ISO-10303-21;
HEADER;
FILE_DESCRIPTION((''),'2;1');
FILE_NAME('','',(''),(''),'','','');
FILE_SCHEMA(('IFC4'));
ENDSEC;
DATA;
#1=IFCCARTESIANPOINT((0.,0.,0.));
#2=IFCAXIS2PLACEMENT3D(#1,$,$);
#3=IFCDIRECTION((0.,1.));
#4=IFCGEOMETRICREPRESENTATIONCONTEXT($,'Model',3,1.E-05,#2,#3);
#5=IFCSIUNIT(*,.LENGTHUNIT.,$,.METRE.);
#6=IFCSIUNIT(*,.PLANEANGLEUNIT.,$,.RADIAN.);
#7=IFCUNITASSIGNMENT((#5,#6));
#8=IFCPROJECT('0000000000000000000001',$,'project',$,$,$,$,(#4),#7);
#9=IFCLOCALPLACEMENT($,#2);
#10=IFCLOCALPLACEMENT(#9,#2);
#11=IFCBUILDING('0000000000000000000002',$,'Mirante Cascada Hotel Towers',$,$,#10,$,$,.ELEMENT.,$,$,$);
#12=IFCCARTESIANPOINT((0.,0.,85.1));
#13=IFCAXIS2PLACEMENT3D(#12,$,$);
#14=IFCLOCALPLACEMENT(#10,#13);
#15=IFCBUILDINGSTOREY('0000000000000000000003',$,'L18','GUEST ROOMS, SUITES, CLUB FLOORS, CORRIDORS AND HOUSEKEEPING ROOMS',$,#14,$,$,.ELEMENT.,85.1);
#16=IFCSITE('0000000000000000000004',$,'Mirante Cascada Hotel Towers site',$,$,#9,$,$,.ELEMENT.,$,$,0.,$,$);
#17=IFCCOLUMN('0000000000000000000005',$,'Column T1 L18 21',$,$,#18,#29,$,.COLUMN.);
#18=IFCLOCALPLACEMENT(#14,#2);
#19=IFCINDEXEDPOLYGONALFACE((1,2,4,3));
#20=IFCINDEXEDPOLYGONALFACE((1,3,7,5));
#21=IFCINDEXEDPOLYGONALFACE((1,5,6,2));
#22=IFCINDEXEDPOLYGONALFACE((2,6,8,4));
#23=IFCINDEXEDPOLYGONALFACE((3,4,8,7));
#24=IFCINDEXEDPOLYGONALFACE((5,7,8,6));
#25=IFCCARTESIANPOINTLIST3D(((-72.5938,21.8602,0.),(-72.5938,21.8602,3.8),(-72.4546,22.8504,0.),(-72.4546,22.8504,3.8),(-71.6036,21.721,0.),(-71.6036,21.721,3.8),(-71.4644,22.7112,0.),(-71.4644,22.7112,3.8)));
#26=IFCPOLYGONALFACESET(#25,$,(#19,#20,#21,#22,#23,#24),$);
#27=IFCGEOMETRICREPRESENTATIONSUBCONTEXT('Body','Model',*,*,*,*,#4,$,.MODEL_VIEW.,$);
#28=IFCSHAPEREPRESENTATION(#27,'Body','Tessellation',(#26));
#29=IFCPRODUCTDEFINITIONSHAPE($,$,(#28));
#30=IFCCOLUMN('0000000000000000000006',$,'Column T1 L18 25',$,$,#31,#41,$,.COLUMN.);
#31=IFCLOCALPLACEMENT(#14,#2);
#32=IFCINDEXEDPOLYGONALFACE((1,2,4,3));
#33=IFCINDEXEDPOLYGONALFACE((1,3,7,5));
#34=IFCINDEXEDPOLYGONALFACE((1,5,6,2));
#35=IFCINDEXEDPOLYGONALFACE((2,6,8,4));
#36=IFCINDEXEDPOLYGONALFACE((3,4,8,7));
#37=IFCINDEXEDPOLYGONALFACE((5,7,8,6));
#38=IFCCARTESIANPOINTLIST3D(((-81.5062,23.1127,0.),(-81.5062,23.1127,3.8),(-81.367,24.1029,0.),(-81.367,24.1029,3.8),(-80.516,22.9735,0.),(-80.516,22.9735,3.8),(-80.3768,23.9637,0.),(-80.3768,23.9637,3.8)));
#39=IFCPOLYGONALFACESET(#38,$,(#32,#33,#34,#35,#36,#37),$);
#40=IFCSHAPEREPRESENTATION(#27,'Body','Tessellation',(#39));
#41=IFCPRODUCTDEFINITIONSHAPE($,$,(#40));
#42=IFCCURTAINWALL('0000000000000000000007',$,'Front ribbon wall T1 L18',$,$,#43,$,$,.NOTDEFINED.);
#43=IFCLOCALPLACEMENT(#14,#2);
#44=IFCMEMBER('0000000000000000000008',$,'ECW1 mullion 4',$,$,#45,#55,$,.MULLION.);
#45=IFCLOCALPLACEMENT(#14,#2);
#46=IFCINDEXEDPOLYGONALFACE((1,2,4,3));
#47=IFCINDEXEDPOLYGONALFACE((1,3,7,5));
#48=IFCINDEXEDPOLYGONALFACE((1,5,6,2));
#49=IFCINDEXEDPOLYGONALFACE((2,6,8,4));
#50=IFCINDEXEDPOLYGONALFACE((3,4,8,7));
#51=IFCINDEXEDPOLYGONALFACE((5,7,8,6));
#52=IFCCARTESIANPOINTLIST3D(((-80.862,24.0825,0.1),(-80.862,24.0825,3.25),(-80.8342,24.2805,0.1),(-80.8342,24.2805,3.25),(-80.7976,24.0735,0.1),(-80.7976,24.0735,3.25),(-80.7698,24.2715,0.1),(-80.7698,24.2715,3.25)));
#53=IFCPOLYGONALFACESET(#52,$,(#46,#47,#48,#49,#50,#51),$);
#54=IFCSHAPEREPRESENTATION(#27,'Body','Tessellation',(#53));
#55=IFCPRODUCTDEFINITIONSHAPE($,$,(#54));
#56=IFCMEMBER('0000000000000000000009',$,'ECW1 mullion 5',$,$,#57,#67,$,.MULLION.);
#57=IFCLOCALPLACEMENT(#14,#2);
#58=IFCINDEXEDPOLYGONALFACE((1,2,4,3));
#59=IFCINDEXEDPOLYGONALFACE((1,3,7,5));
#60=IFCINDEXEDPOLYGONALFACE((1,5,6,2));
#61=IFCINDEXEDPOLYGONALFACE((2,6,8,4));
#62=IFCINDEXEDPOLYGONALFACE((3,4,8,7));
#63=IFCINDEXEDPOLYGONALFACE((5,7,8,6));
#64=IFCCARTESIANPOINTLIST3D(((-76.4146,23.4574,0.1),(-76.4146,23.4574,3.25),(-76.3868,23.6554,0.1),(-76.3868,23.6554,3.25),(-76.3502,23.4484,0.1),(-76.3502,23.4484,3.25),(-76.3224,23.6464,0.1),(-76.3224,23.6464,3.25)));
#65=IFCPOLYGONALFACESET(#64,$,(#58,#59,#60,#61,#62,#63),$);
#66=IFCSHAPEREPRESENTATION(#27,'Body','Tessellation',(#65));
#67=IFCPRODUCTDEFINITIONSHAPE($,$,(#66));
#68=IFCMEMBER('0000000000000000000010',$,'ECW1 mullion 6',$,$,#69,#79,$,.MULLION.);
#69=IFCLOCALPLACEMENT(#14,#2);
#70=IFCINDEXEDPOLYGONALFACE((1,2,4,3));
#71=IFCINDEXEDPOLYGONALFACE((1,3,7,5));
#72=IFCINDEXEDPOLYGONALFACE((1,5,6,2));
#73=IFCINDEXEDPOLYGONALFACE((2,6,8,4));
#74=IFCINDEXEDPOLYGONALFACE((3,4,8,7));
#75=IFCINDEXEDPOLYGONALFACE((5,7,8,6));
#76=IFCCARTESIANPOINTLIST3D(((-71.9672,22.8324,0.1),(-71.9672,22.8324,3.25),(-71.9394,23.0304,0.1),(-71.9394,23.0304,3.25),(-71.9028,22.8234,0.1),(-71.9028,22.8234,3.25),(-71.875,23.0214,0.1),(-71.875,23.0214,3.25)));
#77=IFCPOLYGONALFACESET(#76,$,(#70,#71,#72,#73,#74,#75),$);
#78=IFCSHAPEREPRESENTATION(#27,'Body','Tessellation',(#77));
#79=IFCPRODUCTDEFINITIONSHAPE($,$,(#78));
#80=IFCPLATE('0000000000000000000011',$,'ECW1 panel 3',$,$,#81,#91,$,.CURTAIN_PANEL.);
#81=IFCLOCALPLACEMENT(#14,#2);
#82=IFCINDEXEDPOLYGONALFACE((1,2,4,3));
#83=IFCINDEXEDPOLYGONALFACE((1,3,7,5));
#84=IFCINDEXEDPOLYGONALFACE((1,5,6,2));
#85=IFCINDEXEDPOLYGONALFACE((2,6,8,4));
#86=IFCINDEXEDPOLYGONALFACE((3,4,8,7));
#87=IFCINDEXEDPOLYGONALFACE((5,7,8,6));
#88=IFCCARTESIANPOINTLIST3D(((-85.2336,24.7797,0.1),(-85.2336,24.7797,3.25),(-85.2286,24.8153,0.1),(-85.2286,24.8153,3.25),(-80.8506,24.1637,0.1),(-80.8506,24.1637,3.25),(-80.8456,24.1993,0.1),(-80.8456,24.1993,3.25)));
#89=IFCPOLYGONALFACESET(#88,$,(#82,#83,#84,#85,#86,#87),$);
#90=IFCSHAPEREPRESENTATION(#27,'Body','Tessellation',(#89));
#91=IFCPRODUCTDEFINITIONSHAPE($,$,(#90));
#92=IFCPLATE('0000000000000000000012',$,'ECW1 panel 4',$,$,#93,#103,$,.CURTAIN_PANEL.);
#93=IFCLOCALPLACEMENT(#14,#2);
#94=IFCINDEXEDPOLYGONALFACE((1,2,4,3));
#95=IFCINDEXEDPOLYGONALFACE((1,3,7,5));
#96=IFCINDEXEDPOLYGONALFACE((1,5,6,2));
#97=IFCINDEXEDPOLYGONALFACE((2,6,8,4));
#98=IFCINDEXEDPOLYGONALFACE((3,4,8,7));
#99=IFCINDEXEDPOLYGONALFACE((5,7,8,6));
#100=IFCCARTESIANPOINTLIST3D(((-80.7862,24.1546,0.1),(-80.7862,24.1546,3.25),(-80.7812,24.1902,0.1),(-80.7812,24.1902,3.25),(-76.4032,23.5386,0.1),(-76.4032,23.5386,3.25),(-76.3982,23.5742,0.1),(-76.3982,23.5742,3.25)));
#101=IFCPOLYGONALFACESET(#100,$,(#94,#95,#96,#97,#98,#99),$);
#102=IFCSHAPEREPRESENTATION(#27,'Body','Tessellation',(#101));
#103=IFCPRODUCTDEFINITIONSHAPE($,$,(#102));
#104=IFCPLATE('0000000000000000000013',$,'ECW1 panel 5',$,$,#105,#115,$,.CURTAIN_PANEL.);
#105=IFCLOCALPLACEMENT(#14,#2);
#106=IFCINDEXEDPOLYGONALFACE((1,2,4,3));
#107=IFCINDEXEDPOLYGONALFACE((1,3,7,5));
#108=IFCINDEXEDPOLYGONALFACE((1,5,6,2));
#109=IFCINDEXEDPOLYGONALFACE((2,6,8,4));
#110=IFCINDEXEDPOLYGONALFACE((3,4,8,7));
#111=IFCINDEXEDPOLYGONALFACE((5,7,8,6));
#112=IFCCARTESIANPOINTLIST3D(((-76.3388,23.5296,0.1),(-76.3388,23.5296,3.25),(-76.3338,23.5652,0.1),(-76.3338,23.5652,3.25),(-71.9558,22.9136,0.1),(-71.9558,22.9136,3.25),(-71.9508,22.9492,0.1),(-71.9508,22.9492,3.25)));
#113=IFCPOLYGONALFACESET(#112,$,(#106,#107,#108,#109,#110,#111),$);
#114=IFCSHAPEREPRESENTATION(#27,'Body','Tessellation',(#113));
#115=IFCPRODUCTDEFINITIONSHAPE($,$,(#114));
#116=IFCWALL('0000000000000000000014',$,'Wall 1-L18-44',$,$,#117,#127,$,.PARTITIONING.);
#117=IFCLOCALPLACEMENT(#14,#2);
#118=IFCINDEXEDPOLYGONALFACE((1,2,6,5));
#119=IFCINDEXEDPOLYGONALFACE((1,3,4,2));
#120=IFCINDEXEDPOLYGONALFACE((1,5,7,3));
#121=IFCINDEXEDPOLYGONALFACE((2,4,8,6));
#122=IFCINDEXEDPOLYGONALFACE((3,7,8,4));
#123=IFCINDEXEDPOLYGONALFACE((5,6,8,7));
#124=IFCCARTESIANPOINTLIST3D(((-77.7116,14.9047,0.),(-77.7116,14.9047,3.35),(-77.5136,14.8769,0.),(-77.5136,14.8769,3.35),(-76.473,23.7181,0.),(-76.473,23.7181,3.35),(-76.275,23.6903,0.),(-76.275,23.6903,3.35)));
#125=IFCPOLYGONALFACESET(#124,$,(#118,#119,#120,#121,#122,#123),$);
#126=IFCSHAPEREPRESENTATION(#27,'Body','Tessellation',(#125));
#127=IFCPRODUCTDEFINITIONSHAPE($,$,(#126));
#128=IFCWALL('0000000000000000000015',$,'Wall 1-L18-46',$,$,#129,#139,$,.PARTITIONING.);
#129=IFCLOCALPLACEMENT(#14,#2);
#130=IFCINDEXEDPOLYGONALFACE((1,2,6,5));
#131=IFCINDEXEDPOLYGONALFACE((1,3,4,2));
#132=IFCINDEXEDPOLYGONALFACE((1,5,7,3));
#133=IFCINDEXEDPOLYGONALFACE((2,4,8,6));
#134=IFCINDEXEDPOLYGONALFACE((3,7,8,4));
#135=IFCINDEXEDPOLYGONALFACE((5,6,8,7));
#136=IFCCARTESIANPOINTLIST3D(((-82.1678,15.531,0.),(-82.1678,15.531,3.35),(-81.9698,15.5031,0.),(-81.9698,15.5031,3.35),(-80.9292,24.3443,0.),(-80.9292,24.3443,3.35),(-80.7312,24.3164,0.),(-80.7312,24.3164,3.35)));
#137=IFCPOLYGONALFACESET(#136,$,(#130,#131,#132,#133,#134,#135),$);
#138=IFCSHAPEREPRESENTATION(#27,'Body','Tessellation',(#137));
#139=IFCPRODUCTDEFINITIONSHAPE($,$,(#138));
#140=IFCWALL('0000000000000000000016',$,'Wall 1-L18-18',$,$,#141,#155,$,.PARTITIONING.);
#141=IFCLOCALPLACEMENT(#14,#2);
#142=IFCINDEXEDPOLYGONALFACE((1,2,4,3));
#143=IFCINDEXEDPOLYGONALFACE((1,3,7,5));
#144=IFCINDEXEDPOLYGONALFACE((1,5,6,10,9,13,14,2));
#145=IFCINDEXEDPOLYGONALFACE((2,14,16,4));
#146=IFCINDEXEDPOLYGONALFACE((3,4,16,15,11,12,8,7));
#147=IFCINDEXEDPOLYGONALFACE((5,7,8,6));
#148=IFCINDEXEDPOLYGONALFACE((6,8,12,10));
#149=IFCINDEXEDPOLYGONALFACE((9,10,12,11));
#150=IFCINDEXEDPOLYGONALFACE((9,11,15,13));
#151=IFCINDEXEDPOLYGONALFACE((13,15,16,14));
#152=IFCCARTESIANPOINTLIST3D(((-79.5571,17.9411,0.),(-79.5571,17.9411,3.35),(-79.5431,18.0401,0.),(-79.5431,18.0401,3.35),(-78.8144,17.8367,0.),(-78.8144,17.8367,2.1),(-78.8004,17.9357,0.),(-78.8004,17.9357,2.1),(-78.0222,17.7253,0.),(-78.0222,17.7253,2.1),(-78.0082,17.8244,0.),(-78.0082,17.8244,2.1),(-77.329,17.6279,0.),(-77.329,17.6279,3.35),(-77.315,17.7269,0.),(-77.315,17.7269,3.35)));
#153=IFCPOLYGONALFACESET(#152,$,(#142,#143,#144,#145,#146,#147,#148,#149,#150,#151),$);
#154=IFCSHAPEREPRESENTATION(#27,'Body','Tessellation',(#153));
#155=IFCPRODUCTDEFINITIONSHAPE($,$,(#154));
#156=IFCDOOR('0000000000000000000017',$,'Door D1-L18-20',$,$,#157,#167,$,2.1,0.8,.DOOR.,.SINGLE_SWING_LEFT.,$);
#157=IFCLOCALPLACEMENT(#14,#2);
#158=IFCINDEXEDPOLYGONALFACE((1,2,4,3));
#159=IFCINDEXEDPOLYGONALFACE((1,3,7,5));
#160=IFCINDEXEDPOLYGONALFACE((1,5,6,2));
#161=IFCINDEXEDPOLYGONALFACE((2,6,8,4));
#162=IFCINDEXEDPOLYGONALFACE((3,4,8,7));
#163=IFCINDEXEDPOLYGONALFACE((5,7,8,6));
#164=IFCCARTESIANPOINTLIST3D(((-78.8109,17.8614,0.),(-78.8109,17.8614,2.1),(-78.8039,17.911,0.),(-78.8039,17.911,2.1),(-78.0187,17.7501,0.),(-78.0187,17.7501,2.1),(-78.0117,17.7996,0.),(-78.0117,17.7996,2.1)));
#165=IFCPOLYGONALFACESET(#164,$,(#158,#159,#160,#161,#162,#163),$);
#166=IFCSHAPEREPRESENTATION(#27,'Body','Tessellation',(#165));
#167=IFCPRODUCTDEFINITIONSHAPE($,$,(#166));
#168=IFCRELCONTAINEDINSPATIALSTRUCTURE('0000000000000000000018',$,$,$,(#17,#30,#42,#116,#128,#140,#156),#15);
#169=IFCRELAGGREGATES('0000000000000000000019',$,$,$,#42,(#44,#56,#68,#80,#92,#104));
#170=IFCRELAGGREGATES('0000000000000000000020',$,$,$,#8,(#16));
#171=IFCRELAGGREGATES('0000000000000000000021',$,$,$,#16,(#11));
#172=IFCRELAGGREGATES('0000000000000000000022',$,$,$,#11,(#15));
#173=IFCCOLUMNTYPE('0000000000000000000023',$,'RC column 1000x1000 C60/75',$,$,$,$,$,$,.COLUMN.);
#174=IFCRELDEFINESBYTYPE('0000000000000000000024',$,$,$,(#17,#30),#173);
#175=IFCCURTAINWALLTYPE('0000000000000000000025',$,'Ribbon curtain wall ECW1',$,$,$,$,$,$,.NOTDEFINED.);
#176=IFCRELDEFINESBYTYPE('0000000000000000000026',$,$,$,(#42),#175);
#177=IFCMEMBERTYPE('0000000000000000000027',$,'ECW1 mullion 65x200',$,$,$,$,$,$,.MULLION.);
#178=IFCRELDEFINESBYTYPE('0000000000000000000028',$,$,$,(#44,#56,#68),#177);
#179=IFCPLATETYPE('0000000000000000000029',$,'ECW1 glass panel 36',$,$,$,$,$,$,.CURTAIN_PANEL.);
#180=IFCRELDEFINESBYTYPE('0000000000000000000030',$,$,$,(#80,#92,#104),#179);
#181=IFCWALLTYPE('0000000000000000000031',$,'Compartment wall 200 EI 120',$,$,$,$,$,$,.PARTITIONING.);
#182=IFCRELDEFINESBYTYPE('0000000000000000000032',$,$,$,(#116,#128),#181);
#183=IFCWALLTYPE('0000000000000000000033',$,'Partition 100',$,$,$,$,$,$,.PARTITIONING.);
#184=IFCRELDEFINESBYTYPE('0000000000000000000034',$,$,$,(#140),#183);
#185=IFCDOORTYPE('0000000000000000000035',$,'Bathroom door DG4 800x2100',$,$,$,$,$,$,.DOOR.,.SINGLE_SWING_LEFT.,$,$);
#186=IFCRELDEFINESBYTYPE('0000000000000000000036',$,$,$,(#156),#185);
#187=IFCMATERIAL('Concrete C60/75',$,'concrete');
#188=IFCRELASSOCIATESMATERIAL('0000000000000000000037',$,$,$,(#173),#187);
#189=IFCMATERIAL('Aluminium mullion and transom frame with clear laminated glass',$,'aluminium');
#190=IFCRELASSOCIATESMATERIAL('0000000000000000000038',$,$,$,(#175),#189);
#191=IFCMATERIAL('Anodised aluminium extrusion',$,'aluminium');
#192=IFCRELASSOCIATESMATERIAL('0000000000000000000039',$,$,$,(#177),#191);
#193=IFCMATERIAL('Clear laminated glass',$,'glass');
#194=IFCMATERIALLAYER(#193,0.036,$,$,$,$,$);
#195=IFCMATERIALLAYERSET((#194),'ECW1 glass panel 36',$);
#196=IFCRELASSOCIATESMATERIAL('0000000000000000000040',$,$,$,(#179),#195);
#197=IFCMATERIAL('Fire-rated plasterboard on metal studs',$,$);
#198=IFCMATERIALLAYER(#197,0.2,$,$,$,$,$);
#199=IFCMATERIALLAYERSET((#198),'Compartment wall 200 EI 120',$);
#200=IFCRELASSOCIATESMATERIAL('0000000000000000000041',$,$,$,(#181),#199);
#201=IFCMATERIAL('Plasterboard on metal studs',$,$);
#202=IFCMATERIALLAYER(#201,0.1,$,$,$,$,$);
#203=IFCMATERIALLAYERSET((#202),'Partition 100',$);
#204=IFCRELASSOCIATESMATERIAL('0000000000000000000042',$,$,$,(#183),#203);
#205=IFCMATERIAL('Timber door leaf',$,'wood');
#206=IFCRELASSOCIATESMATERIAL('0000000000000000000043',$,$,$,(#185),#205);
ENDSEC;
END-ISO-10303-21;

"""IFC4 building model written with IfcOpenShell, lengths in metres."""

from ifc_helpers import new_model, si_unit, direction, frame, frame_2d, origin, origin_2d, place, context, subcontext, project, spatial, rectangle, extrude, material, layer, layer_set, material_profile, profile_set, type_object, element, fill, aggregate, save


model = new_model("IFC4")

# Units and contexts
model_context = context("Model", 3, precision=1e-05, world=origin(), true_north=direction((0.0, 1.0)))
body_context = subcontext(model_context, "Body", "Model", "MODEL_VIEW")
ifc_project = project(units=[si_unit("LENGTHUNIT", "METRE"), si_unit("PLANEANGLEUNIT", "RADIAN")], contexts=[model_context])

# Site, building, storey
site_placement = place(None, origin())
site = spatial("IfcSite", under=ifc_project, at=site_placement, Name="Mirante Cascada Hotel Towers site", CompositionType="ELEMENT", RefElevation=0.0)
building_placement = place(site_placement, origin())
building = spatial("IfcBuilding", under=site, at=building_placement, Name="Mirante Cascada Hotel Towers", CompositionType="ELEMENT")
storey_placement = place(building_placement, frame((0.0, 0.0, 85.1)))
storey = spatial("IfcBuildingStorey", under=building, at=storey_placement, Name="L18", Description="GUEST ROOMS, SUITES, CLUB FLOORS, CORRIDORS AND HOUSEKEEPING ROOMS", CompositionType="ELEMENT", Elevation=85.1)

# Columns
ifc_material_1 = material(Name="Concrete C60/75", Category="concrete")
ifc_material_profile_1 = material_profile(ifc_material_1, rectangle(XDim=1.0, YDim=1.0, at=origin_2d()), Name="RC column 1000x1000 C60/75")
ifc_profile_set_1 = profile_set([ifc_material_profile_1], Name="Concrete C60/75")
column_type = type_object("IfcColumnType", Name="RC column 1000x1000 C60/75", PredefinedType="COLUMN", material=ifc_profile_set_1)
for number, where, z_axis, x_axis, name in (
    (1, (-72.0291, 22.2857, 0.0), (0.0, 0.0, 1.0), (-0.990268, 0.139173, 0.0), "Column T1 L18 21"),
    (2, (-80.9415, 23.5382, 0.0), (0.0, 0.0, 1.0), (-0.990268, 0.139173, 0.0), "Column T1 L18 25"),
):
    element("IfcColumn", number, at=place(storey_placement, frame(where, z_axis=z_axis, x_axis=x_axis)), inside=storey, type_object=column_type, Name=name, PredefinedType="COLUMN", context=body_context, shape_type="SweptSolid", body=[
        extrude(rectangle(XDim=1.0, YDim=1.0, at=origin_2d()), origin(), (0.0, 0.0, 1.0), 3.8),
    ])

# Curtain wall, members, plates
ifc_material_2 = material(Name="Aluminium mullion and transom frame with clear laminated glass", Category="aluminium")
curtain_wall_type = type_object("IfcCurtainWallType", Name="Ribbon curtain wall ECW1", PredefinedType="NOTDEFINED", material=ifc_material_2)
curtain_wall_placement = place(storey_placement, origin())
curtain_wall = element("IfcCurtainWall", 3, at=curtain_wall_placement, inside=storey, type_object=curtain_wall_type, Name="Front ribbon wall T1 L18", PredefinedType="NOTDEFINED")
ifc_material_3 = material(Name="Anodised aluminium extrusion", Category="aluminium")
ifc_material_profile_2 = material_profile(ifc_material_3, rectangle(XDim=0.2, YDim=0.065, at=origin_2d()), Name="ECW1 MULLION 65x200")
ifc_profile_set_2 = profile_set([ifc_material_profile_2], Name="Anodised aluminium extrusion")
member_type = type_object("IfcMemberType", Name="ECW1 mullion 65x200", PredefinedType="MULLION", material=ifc_profile_set_2)
member_1_placement = place(storey_placement, frame((-80.8159, 24.177, 0.1), z_axis=(0.0, 0.0, 1.0), x_axis=(0.139173, 0.990268, 0.0)))
member_1 = element("IfcMember", 4, at=member_1_placement, type_object=member_type, Name="ECW1 mullion 4", PredefinedType="MULLION", context=body_context, shape_type="SweptSolid", body=[
    extrude(rectangle(XDim=0.2, YDim=0.065, at=origin_2d()), origin(), (0.0, 0.0, 1.0), 3.15),
])
member_2_placement = place(storey_placement, frame((-76.3685, 23.5519, 0.1), z_axis=(0.0, 0.0, 1.0), x_axis=(0.139173, 0.990268, 0.0)))
member_2 = element("IfcMember", 5, at=member_2_placement, type_object=member_type, Name="ECW1 mullion 5", PredefinedType="MULLION", context=body_context, shape_type="SweptSolid", body=[
    extrude(rectangle(XDim=0.2, YDim=0.065, at=origin_2d()), origin(), (0.0, 0.0, 1.0), 3.15),
])
member_3_placement = place(storey_placement, frame((-71.9211, 22.9269, 0.1), z_axis=(0.0, 0.0, 1.0), x_axis=(0.139173, 0.990268, 0.0)))
member_3 = element("IfcMember", 6, at=member_3_placement, type_object=member_type, Name="ECW1 mullion 6", PredefinedType="MULLION", context=body_context, shape_type="SweptSolid", body=[
    extrude(rectangle(XDim=0.2, YDim=0.065, at=origin_2d()), origin(), (0.0, 0.0, 1.0), 3.15),
])
ifc_material_4 = material(Name="Clear laminated glass", Category="glass")
ifc_layer_1 = layer(ifc_material_4, 0.036)
ifc_layer_set_1 = layer_set([ifc_layer_1], Name="ECW1 glass panel 36")
plate_type = type_object("IfcPlateType", Name="ECW1 glass panel 36", PredefinedType="CURTAIN_PANEL", material=ifc_layer_set_1)
plate_1_placement = place(storey_placement, frame((-83.0396, 24.4895, 0.1), z_axis=(0.0, 0.0, 1.0), x_axis=(0.990268, -0.139173, 0.0)))
plate_1 = element("IfcPlate", 7, at=plate_1_placement, type_object=plate_type, Name="ECW1 panel 3", PredefinedType="CURTAIN_PANEL", context=body_context, shape_type="SweptSolid", body=[
    extrude(rectangle(XDim=4.4261, YDim=0.036, at=origin_2d()), origin(), (0.0, 0.0, 1.0), 3.15),
])
plate_2_placement = place(storey_placement, frame((-78.5922, 23.8644, 0.1), z_axis=(0.0, 0.0, 1.0), x_axis=(0.990268, -0.139173, 0.0)))
plate_2 = element("IfcPlate", 8, at=plate_2_placement, type_object=plate_type, Name="ECW1 panel 4", PredefinedType="CURTAIN_PANEL", context=body_context, shape_type="SweptSolid", body=[
    extrude(rectangle(XDim=4.4261, YDim=0.036, at=origin_2d()), origin(), (0.0, 0.0, 1.0), 3.15),
])
plate_3_placement = place(storey_placement, frame((-74.1448, 23.2394, 0.1), z_axis=(0.0, 0.0, 1.0), x_axis=(0.990268, -0.139173, 0.0)))
plate_3 = element("IfcPlate", 9, at=plate_3_placement, type_object=plate_type, Name="ECW1 panel 5", PredefinedType="CURTAIN_PANEL", context=body_context, shape_type="SweptSolid", body=[
    extrude(rectangle(XDim=4.4261, YDim=0.036, at=origin_2d()), origin(), (0.0, 0.0, 1.0), 3.15),
])
aggregate(curtain_wall, [member_1, member_2, member_3, plate_1, plate_2, plate_3])

# Walls
ifc_material_5 = material(Name="Fire-rated plasterboard on metal studs")
ifc_layer_2 = layer(ifc_material_5, 0.2)
ifc_layer_set_2 = layer_set([ifc_layer_2], Name="Compartment wall 200 EI 120")
wall_type_1 = type_object("IfcWallType", Name="Compartment wall 200 EI 120", PredefinedType="PARTITIONING", material=ifc_layer_set_2)
wall_1_placement = place(storey_placement, frame((-76.374, 23.7042, 0.0), z_axis=(0.0, 0.0, 1.0), x_axis=(-0.139168, -0.990269, 0.0)))
element("IfcWall", 10, at=wall_1_placement, inside=storey, type_object=wall_type_1, Name="Wall 1-L18-44", PredefinedType="PARTITIONING", context=body_context, shape_type="SweptSolid", body=[
    extrude(rectangle(XDim=8.9, YDim=0.2, at=frame_2d((4.45, 0.0))), origin(), (0.0, 0.0, 1.0), 3.35),
])
wall_2_placement = place(storey_placement, frame((-80.8302, 24.3304, 0.0), z_axis=(0.0, 0.0, 1.0), x_axis=(-0.13917, -0.990268, 0.0)))
element("IfcWall", 11, at=wall_2_placement, inside=storey, type_object=wall_type_1, Name="Wall 1-L18-46", PredefinedType="PARTITIONING", context=body_context, shape_type="SweptSolid", body=[
    extrude(rectangle(XDim=8.8999, YDim=0.2, at=frame_2d((4.45, 0.0))), origin(), (0.0, 0.0, 1.0), 3.35),
])

# Wall, opening, door
ifc_material_6 = material(Name="Plasterboard on metal studs")
ifc_layer_3 = layer(ifc_material_6, 0.1)
ifc_layer_set_3 = layer_set([ifc_layer_3], Name="Partition 100")
wall_type_2 = type_object("IfcWallType", Name="Partition 100", PredefinedType="PARTITIONING", material=ifc_layer_set_3)
wall_3_placement = place(storey_placement, frame((-79.5501, 17.9906, 0.0), z_axis=(0.0, 0.0, 1.0), x_axis=(0.990264, -0.1392, 0.0)))
wall_3 = element("IfcWall", 12, at=wall_3_placement, inside=storey, type_object=wall_type_2, Name="Wall 1-L18-18", PredefinedType="PARTITIONING", context=body_context, shape_type="SweptSolid", body=[
    extrude(rectangle(XDim=2.25, YDim=0.1, at=frame_2d((1.125, 0.0))), origin(), (0.0, 0.0, 1.0), 3.35),
])
opening_1_placement = place(wall_3_placement, frame((0.75, 0.0, 0.0)))
opening_1 = element("IfcOpeningElement", 13, at=opening_1_placement, cuts=wall_3, PredefinedType="OPENING", context=body_context, shape_type="SweptSolid", body=[
    extrude(rectangle(XDim=0.8, YDim=2.1, at=frame_2d((0.4, 1.05))), frame((0.0, 0.05, 0.0), z_axis=(0.0, -1.0, 0.0), x_axis=(1.0, 0.0, 0.0)), (0.0, 0.0, 1.0), 0.1),
])
ifc_material_7 = material(Name="Timber door leaf", Category="wood")
door_type = type_object("IfcDoorType", Name="Bathroom door DG4 800x2100", OperationType="SINGLE_SWING_LEFT", PredefinedType="DOOR", material=ifc_material_7)
door_1_placement = place(opening_1_placement, origin())
door_1 = element("IfcDoor", 14, at=door_1_placement, inside=storey, type_object=door_type, Name="Door D1-L18-20", OperationType="SINGLE_SWING_LEFT", OverallHeight=2.1, OverallWidth=0.8, PredefinedType="DOOR", context=body_context, shape_type="SweptSolid", body=[
    extrude(rectangle(XDim=0.8, YDim=2.1, at=frame_2d((0.4, 1.05))), frame((0.0, 0.025, 0.0), z_axis=(0.0, -1.0, 0.0), x_axis=(1.0, 0.0, 0.0)), (0.0, 0.0, 1.0), 0.05),
])
fill(opening_1, door_1)

save(model, "model.ifc")
